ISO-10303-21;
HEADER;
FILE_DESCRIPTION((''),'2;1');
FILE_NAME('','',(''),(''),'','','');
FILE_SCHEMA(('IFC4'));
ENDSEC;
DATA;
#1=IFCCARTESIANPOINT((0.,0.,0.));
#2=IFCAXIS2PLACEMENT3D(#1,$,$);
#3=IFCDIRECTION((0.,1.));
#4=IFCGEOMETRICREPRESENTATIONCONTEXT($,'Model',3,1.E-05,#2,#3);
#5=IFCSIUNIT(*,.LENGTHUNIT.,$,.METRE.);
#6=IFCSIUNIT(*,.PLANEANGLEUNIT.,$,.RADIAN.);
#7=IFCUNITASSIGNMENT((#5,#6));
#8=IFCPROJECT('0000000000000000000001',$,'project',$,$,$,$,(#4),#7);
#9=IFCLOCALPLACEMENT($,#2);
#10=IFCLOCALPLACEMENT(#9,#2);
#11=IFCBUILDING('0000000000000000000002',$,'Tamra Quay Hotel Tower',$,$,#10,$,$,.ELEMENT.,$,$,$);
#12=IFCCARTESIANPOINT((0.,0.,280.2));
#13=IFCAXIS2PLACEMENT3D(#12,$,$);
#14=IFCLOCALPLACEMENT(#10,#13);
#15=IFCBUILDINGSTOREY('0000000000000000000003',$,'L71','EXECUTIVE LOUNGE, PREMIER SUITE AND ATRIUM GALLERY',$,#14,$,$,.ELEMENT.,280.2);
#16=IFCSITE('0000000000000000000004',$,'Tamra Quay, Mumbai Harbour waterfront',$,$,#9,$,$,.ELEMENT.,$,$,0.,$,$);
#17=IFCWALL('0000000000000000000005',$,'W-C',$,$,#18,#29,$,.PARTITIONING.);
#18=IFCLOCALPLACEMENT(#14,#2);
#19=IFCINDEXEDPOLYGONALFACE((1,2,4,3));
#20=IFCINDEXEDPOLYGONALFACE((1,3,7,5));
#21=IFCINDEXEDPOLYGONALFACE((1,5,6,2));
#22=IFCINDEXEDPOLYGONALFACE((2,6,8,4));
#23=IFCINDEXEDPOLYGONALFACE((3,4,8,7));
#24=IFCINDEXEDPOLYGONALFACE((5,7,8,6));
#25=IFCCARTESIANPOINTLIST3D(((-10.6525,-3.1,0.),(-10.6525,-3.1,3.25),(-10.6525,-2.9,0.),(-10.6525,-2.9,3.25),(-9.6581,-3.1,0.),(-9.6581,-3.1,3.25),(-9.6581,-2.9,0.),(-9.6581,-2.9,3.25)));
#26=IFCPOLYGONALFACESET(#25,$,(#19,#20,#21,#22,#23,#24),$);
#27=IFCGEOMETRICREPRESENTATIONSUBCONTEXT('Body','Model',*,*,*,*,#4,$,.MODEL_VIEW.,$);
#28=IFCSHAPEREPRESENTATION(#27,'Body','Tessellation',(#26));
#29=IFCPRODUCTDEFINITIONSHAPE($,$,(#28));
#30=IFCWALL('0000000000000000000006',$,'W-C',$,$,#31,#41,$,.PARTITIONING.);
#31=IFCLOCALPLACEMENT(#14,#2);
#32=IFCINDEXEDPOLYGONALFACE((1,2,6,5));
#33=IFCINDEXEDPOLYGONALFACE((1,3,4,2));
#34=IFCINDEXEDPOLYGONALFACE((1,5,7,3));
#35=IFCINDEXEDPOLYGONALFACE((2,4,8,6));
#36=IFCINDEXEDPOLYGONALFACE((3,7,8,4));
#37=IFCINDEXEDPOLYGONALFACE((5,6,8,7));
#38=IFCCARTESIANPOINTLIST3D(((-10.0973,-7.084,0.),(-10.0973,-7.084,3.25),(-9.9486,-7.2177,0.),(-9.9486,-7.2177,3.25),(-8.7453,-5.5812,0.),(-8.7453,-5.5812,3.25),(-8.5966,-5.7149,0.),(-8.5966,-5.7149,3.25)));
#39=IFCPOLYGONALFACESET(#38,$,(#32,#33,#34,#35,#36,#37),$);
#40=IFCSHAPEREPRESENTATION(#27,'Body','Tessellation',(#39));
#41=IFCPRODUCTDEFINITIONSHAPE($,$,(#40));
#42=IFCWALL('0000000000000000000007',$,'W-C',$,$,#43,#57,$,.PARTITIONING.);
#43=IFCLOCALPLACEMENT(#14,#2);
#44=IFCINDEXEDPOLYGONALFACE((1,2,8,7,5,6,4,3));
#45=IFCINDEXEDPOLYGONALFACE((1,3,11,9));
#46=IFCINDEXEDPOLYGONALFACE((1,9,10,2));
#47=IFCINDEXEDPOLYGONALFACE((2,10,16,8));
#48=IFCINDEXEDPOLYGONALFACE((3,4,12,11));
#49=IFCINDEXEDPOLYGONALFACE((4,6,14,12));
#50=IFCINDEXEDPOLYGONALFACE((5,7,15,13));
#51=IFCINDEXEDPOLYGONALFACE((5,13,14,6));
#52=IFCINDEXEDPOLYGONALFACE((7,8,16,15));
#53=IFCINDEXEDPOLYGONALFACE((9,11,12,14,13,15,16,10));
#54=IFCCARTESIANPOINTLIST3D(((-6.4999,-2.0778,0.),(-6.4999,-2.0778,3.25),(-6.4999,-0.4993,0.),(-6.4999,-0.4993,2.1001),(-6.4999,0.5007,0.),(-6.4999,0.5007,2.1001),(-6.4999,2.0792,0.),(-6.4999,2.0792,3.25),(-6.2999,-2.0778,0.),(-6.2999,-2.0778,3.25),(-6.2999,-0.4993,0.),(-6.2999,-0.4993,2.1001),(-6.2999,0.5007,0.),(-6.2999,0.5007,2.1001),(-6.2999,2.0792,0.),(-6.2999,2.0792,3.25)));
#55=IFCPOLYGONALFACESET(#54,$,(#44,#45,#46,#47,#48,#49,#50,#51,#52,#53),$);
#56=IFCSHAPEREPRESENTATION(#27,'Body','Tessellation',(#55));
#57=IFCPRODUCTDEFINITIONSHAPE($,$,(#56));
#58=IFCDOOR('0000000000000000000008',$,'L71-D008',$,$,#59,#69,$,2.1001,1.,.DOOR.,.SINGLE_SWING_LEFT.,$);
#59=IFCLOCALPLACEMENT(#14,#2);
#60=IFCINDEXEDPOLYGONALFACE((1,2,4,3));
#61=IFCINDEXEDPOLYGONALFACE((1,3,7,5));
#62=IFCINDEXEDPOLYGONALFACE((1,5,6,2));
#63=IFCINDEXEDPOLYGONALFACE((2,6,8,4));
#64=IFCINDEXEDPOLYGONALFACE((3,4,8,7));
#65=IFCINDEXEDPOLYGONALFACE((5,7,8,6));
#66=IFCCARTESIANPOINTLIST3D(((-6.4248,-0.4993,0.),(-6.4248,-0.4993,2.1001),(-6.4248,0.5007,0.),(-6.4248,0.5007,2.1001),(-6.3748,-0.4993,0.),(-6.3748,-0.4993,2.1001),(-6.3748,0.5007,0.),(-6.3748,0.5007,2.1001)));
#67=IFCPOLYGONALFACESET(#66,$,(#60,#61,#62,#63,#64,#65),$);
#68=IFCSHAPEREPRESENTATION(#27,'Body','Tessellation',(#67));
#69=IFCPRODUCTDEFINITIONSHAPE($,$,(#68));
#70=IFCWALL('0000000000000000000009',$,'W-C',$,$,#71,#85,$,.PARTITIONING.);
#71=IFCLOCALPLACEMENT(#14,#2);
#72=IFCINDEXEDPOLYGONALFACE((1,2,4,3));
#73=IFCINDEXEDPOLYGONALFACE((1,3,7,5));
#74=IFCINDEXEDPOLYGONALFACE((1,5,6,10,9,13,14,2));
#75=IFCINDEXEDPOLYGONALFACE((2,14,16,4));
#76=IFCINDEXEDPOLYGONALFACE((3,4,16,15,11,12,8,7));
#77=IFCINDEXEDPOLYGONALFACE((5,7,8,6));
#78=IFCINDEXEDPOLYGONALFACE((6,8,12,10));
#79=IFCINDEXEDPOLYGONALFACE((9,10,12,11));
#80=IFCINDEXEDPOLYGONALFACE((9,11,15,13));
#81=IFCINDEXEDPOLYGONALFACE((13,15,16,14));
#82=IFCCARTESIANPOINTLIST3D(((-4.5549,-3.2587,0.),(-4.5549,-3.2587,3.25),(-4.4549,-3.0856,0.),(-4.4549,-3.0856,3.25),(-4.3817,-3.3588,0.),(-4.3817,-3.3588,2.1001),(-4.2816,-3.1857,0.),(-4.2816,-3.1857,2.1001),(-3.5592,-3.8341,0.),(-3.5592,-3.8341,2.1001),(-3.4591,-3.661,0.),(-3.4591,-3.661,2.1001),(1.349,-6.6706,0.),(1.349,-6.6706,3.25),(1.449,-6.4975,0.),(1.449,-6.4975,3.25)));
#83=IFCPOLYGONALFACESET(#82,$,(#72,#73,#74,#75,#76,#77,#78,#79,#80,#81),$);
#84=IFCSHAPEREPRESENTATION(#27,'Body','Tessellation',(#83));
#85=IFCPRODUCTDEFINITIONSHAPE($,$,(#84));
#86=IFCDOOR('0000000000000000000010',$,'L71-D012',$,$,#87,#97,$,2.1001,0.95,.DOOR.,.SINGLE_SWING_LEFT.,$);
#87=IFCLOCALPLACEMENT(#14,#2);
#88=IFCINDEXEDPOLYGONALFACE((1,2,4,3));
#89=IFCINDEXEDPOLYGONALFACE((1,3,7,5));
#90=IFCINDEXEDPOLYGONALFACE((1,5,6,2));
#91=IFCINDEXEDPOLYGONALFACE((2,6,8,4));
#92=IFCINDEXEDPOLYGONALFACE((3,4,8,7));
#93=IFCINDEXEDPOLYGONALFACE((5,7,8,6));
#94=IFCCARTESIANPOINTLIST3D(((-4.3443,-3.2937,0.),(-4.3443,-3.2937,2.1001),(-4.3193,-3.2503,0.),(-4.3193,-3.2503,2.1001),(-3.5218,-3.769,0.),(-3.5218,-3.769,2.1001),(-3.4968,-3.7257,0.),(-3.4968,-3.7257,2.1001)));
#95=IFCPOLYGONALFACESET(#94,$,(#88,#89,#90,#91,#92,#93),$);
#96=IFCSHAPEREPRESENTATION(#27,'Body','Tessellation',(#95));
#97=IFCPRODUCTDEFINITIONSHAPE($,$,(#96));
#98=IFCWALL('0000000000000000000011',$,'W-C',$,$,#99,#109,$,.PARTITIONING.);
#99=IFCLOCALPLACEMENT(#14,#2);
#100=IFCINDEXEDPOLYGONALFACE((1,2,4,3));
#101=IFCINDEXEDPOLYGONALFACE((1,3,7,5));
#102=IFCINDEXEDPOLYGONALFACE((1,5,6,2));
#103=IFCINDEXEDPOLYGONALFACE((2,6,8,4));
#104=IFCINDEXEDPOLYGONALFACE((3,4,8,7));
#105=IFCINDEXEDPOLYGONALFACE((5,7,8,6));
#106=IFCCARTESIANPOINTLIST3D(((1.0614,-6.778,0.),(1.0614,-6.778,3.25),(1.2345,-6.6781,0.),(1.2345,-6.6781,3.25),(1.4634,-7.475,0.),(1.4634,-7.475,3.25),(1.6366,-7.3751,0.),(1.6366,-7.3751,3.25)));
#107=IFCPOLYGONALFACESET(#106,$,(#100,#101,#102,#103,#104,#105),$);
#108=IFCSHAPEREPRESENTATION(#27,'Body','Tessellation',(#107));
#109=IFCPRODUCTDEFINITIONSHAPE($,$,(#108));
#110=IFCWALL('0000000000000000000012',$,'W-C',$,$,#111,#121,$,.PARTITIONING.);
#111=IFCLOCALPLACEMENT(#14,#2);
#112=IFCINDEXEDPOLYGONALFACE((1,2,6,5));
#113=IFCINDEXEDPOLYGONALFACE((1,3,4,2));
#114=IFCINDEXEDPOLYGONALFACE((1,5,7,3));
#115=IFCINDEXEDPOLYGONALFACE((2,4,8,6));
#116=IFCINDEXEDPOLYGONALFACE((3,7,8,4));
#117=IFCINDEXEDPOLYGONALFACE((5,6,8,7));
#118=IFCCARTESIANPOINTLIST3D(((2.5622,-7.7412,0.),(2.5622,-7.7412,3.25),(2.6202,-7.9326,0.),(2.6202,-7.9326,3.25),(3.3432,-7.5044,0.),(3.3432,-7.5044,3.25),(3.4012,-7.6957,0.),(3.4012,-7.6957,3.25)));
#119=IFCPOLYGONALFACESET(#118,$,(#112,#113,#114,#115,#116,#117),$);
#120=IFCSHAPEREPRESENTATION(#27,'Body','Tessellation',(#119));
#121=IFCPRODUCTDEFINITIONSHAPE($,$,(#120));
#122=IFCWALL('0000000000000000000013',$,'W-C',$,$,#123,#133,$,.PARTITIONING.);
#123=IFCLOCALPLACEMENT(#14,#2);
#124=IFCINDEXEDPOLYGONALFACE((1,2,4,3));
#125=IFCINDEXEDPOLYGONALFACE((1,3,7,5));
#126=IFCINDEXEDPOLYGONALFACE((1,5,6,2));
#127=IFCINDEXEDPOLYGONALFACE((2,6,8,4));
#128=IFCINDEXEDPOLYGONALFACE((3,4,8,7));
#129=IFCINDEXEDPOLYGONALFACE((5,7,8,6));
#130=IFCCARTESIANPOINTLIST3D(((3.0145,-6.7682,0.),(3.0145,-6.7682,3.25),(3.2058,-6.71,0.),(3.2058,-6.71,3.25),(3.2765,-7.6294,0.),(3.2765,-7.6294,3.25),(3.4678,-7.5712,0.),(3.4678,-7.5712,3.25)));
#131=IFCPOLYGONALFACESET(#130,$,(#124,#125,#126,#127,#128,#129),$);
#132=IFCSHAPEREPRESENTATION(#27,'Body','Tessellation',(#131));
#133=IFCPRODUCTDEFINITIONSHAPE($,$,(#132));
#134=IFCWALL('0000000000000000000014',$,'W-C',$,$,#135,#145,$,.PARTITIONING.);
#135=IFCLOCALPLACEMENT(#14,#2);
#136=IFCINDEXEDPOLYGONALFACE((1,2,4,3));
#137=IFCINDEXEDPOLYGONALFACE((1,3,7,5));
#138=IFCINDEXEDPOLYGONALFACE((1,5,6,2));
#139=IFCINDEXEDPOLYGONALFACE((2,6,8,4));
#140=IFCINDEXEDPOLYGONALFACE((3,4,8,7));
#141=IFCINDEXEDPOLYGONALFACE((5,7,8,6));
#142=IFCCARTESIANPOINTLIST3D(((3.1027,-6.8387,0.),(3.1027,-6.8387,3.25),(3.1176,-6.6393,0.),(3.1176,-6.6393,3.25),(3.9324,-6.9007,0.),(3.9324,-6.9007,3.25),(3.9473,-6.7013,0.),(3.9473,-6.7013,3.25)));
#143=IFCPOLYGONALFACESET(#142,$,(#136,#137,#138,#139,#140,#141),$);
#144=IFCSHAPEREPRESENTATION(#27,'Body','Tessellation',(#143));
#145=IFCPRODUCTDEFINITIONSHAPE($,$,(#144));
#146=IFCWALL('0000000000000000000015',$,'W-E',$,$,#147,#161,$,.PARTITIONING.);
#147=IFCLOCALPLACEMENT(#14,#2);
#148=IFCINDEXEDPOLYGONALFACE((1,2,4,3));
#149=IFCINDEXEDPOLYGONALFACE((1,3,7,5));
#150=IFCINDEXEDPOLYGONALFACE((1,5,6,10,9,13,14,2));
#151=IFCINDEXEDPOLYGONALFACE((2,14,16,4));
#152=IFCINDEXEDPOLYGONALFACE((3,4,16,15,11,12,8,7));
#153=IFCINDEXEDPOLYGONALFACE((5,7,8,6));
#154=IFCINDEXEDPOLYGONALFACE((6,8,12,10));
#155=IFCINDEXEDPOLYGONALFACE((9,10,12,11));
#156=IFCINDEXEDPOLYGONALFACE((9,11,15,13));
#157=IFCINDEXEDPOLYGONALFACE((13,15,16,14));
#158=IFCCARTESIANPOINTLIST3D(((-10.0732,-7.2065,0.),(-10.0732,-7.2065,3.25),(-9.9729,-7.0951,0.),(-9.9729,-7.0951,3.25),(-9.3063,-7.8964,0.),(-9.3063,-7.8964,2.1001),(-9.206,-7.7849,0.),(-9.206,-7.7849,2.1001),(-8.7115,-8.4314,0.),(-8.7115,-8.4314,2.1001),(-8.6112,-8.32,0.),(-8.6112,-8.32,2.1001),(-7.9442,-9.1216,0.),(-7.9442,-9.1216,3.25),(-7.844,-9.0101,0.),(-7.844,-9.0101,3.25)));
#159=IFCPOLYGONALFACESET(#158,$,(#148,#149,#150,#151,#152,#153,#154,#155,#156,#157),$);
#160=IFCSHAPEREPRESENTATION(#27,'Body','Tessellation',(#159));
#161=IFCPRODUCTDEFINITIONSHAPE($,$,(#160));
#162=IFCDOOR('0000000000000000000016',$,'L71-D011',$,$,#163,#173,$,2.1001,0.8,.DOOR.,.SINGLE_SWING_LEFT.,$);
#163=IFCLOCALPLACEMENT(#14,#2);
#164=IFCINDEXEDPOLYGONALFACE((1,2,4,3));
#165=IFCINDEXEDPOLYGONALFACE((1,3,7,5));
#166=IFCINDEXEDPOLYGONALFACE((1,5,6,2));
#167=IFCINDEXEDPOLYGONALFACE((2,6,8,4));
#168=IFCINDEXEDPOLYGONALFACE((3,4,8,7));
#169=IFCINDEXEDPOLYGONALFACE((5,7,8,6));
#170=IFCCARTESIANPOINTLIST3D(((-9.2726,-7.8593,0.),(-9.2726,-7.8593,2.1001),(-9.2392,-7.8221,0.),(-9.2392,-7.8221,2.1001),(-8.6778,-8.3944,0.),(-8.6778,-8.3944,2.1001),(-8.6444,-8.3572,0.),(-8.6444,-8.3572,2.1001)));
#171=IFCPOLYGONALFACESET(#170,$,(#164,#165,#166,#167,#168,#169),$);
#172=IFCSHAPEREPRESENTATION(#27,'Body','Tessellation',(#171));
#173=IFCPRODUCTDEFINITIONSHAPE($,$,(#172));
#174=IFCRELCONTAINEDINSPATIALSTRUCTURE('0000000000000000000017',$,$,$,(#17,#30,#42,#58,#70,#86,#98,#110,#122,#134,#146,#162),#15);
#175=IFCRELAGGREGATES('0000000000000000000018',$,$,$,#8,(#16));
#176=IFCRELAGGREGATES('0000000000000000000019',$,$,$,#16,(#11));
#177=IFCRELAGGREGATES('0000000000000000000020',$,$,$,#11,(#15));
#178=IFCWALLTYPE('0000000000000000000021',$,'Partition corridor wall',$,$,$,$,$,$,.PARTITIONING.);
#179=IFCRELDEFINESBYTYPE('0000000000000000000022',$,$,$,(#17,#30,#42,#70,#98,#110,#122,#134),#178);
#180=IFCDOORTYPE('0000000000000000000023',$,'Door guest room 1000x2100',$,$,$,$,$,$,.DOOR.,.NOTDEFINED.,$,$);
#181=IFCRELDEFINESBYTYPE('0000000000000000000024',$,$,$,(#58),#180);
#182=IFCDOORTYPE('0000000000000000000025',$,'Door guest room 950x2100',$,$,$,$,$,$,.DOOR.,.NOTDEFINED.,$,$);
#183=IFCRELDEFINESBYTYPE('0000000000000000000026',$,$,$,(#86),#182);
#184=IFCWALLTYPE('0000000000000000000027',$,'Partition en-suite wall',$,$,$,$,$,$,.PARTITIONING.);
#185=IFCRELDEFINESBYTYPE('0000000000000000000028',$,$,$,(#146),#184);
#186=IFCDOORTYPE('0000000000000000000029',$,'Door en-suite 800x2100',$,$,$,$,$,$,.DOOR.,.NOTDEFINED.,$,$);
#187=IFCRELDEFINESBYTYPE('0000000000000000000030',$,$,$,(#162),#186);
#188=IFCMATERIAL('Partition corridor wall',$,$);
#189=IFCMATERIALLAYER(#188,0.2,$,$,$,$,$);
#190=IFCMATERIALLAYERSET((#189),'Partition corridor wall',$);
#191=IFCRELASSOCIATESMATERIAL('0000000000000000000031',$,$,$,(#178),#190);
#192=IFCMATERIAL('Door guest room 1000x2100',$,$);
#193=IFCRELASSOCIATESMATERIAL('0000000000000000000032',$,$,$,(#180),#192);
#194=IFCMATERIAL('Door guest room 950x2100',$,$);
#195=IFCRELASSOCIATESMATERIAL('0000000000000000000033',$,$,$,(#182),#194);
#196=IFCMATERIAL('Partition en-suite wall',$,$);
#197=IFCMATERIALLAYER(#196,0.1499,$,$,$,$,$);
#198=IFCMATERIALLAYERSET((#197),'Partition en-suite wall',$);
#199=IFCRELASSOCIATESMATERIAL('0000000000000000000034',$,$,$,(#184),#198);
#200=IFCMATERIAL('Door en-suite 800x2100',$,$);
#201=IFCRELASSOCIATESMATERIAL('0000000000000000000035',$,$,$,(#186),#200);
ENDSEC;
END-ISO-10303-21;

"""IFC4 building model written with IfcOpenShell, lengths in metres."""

from ifc_helpers import new_model, si_unit, direction, frame, frame_2d, origin, place, context, subcontext, project, spatial, rectangle, extrude, material, layer, layer_set, type_object, element, fill, save


model = new_model("IFC4")

# Units and contexts
model_context = context("Model", 3, precision=1e-05, world=origin(), true_north=direction((0.0, 1.0)))
body_context = subcontext(model_context, "Body", "Model", "MODEL_VIEW")
ifc_project = project(units=[si_unit("LENGTHUNIT", "METRE"), si_unit("PLANEANGLEUNIT", "RADIAN")], contexts=[model_context])

# Site, building, storey
site_placement = place(None, origin())
site = spatial("IfcSite", under=ifc_project, at=site_placement, Name="Tamra Quay, Mumbai Harbour waterfront", CompositionType="ELEMENT", RefElevation=0.0)
building_placement = place(site_placement, origin())
building = spatial("IfcBuilding", under=site, at=building_placement, Name="Tamra Quay Hotel Tower", CompositionType="ELEMENT")
storey_placement = place(building_placement, frame((0.0, 0.0, 280.2)))
storey = spatial("IfcBuildingStorey", under=building, at=storey_placement, Name="L71", Description="EXECUTIVE LOUNGE, PREMIER SUITE AND ATRIUM GALLERY", CompositionType="ELEMENT", Elevation=280.2)

# Walls
ifc_material_1 = material(Name="Partition corridor wall")
ifc_layer_1 = layer(ifc_material_1, 0.2)
ifc_layer_set_1 = layer_set([ifc_layer_1], Name="Partition corridor wall")
wall_type_1 = type_object("IfcWallType", Name="Partition corridor wall", PredefinedType="PARTITIONING", material=ifc_layer_set_1)
wall_1_placement = place(storey_placement, frame((-10.6523, -3.0, 0.0), z_axis=(0.0, 0.0, 1.0), x_axis=(1.0, 0.0, 0.0)))
element("IfcWall", 1, at=wall_1_placement, inside=storey, type_object=wall_type_1, Name="W-C", PredefinedType="PARTITIONING", context=body_context, shape_type="SweptSolid", body=[
    extrude(rectangle(XDim=0.9944, YDim=0.2, at=frame_2d((0.4971, 0.0))), origin(), (0.0, 0.0, 1.0), 3.25),
])
wall_2_placement = place(storey_placement, frame((-10.0229, -7.1509, 0.0), z_axis=(0.0, 0.0, 1.0), x_axis=(0.668805, 0.743438, 0.0)))
element("IfcWall", 2, at=wall_2_placement, inside=storey, type_object=wall_type_1, Name="W-C", PredefinedType="PARTITIONING", context=body_context, shape_type="SweptSolid", body=[
    extrude(rectangle(XDim=2.0215, YDim=0.2, at=frame_2d((1.0107, 0.0))), origin(), (0.0, 0.0, 1.0), 3.25),
])

# Walls, openings, doors
wall_3_placement = place(storey_placement, frame((-6.3999, -2.0779, 0.0), z_axis=(0.0, 0.0, 1.0), x_axis=(0.0, 1.0, 0.0)))
wall_3 = element("IfcWall", 3, at=wall_3_placement, inside=storey, type_object=wall_type_1, Name="W-C", PredefinedType="PARTITIONING", context=body_context, shape_type="SweptSolid", body=[
    extrude(rectangle(XDim=4.157, YDim=0.2, at=frame_2d((2.0786, 0.0))), origin(), (0.0, 0.0, 1.0), 3.25),
])
opening_1_placement = place(wall_3_placement, frame((1.5786, 0.0, 0.0)))
opening_1 = element("IfcOpeningElement", 4, at=opening_1_placement, cuts=wall_3, PredefinedType="OPENING", context=body_context, shape_type="SweptSolid", body=[
    extrude(rectangle(XDim=1.0, YDim=2.1001, at=frame_2d((0.5, 1.05))), frame((0.0, 0.1099, 0.0), z_axis=(0.0, -1.0, 0.0), x_axis=(1.0, 0.0, 0.0)), (0.0, 0.0, 1.0), 0.22),
])
ifc_material_2 = material(Name="Door guest room 1000x2100")
door_type_1 = type_object("IfcDoorType", Name="Door guest room 1000x2100", OperationType="NOTDEFINED", PredefinedType="DOOR", material=ifc_material_2)
door_1_placement = place(opening_1_placement, origin())
door_1 = element("IfcDoor", 5, at=door_1_placement, inside=storey, type_object=door_type_1, Name="L71-D008", OperationType="SINGLE_SWING_LEFT", OverallHeight=2.1001, OverallWidth=1.0, PredefinedType="DOOR", context=body_context, shape_type="SweptSolid", body=[
    extrude(rectangle(XDim=1.0, YDim=2.1001, at=frame_2d((0.5, 1.05))), frame((0.0, 0.0249, 0.0), z_axis=(0.0, -1.0, 0.0), x_axis=(1.0, 0.0, 0.0)), (0.0, 0.0, 1.0), 0.05),
])
fill(opening_1, door_1)
wall_4_placement = place(storey_placement, frame((-4.5049, -3.1721, 0.0), z_axis=(0.0, 0.0, 1.0), x_axis=(0.865816, -0.500363, 0.0)))
wall_4 = element("IfcWall", 6, at=wall_4_placement, inside=storey, type_object=wall_type_1, Name="W-C", PredefinedType="PARTITIONING", context=body_context, shape_type="SweptSolid", body=[
    extrude(rectangle(XDim=6.8188, YDim=0.2, at=frame_2d((3.4094, 0.0))), origin(), (0.0, 0.0, 1.0), 3.25),
])
opening_2_placement = place(wall_4_placement, frame((0.2, 0.0, 0.0)))
opening_2 = element("IfcOpeningElement", 7, at=opening_2_placement, cuts=wall_4, PredefinedType="OPENING", context=body_context, shape_type="SweptSolid", body=[
    extrude(rectangle(XDim=0.95, YDim=2.1001, at=frame_2d((0.4751, 1.05))), frame((0.0, 0.1099, 0.0), z_axis=(0.0, -1.0, 0.0), x_axis=(1.0, 0.0, 0.0)), (0.0, 0.0, 1.0), 0.22),
])
ifc_material_3 = material(Name="Door guest room 950x2100")
door_type_2 = type_object("IfcDoorType", Name="Door guest room 950x2100", OperationType="NOTDEFINED", PredefinedType="DOOR", material=ifc_material_3)
door_2_placement = place(opening_2_placement, frame((0.95, 0.0, 0.0), z_axis=(0.0, 0.0, 1.0), x_axis=(-1.0, 0.0, 0.0)))
door_2 = element("IfcDoor", 8, at=door_2_placement, inside=storey, type_object=door_type_2, Name="L71-D012", OperationType="SINGLE_SWING_LEFT", OverallHeight=2.1001, OverallWidth=0.95, PredefinedType="DOOR", context=body_context, shape_type="SweptSolid", body=[
    extrude(rectangle(XDim=0.95, YDim=2.1001, at=frame_2d((0.4751, 1.05))), frame((0.0, 0.0249, 0.0), z_axis=(0.0, -1.0, 0.0), x_axis=(1.0, 0.0, 0.0)), (0.0, 0.0, 1.0), 0.05),
])
fill(opening_2, door_2)

# Walls
wall_5_placement = place(storey_placement, frame((1.1479, -6.728, 0.0), z_axis=(0.0, 0.0, 1.0), x_axis=(0.499696, -0.866201, 0.0)))
element("IfcWall", 9, at=wall_5_placement, inside=storey, type_object=wall_type_1, Name="W-C", PredefinedType="PARTITIONING", context=body_context, shape_type="SweptSolid", body=[
    extrude(rectangle(XDim=0.8047, YDim=0.2, at=frame_2d((0.4023, 0.0))), origin(), (0.0, 0.0, 1.0), 3.25),
])
wall_6_placement = place(storey_placement, frame((2.5911, -7.8369, 0.0), z_axis=(0.0, 0.0, 1.0), x_axis=(0.956974, 0.290173, 0.0)))
element("IfcWall", 10, at=wall_6_placement, inside=storey, type_object=wall_type_1, Name="W-C", PredefinedType="PARTITIONING", context=body_context, shape_type="SweptSolid", body=[
    extrude(rectangle(XDim=0.8162, YDim=0.2, at=frame_2d((0.4082, 0.0))), origin(), (0.0, 0.0, 1.0), 3.25),
])
wall_7_placement = place(storey_placement, frame((3.1101, -6.739, 0.0), z_axis=(0.0, 0.0, 1.0), x_axis=(0.291054, -0.956707, 0.0)))
element("IfcWall", 11, at=wall_7_placement, inside=storey, type_object=wall_type_1, Name="W-C", PredefinedType="PARTITIONING", context=body_context, shape_type="SweptSolid", body=[
    extrude(rectangle(XDim=0.9001, YDim=0.2, at=frame_2d((0.4502, 0.0))), origin(), (0.0, 0.0, 1.0), 3.25),
])
wall_8_placement = place(storey_placement, frame((3.1101, -6.739, 0.0), z_axis=(0.0, 0.0, 1.0), x_axis=(0.99722, -0.07452, 0.0)))
element("IfcWall", 12, at=wall_8_placement, inside=storey, type_object=wall_type_1, Name="W-C", PredefinedType="PARTITIONING", context=body_context, shape_type="SweptSolid", body=[
    extrude(rectangle(XDim=0.832, YDim=0.2, at=frame_2d((0.416, 0.0))), origin(), (0.0, 0.0, 1.0), 3.25),
])

# Wall, opening, door
ifc_material_4 = material(Name="Partition en-suite wall")
ifc_layer_2 = layer(ifc_material_4, 0.1499)
ifc_layer_set_2 = layer_set([ifc_layer_2], Name="Partition en-suite wall")
wall_type_2 = type_object("IfcWallType", Name="Partition en-suite wall", PredefinedType="PARTITIONING", material=ifc_layer_set_2)
wall_9_placement = place(storey_placement, frame((-10.0229, -7.1509, 0.0), z_axis=(0.0, 0.0, 1.0), x_axis=(0.743464, -0.668776, 0.0)))
wall_9 = element("IfcWall", 13, at=wall_9_placement, inside=storey, type_object=wall_type_2, Name="W-E", PredefinedType="PARTITIONING", context=body_context, shape_type="SweptSolid", body=[
    extrude(rectangle(XDim=2.8635, YDim=0.1499, at=frame_2d((1.4316, 0.0))), origin(), (0.0, 0.0, 1.0), 3.25),
])
opening_3_placement = place(wall_9_placement, frame((1.0315, 0.0, 0.0)))
opening_3 = element("IfcOpeningElement", 14, at=opening_3_placement, cuts=wall_9, PredefinedType="OPENING", context=body_context, shape_type="SweptSolid", body=[
    extrude(rectangle(XDim=0.8, YDim=2.1001, at=frame_2d((0.3999, 1.05))), frame((0.0, 0.085, 0.0), z_axis=(0.0, -1.0, 0.0), x_axis=(1.0, 0.0, 0.0)), (0.0, 0.0, 1.0), 0.1699),
])
ifc_material_5 = material(Name="Door en-suite 800x2100")
door_type_3 = type_object("IfcDoorType", Name="Door en-suite 800x2100", OperationType="NOTDEFINED", PredefinedType="DOOR", material=ifc_material_5)
door_3_placement = place(opening_3_placement, frame((0.8, 0.0, 0.0), z_axis=(0.0, 0.0, 1.0), x_axis=(-1.0, 0.0, 0.0)))
door_3 = element("IfcDoor", 15, at=door_3_placement, inside=storey, type_object=door_type_3, Name="L71-D011", OperationType="SINGLE_SWING_LEFT", OverallHeight=2.1001, OverallWidth=0.8, PredefinedType="DOOR", context=body_context, shape_type="SweptSolid", body=[
    extrude(rectangle(XDim=0.8, YDim=2.1001, at=frame_2d((0.3999, 1.05))), frame((0.0, 0.0249, 0.0), z_axis=(0.0, -1.0, 0.0), x_axis=(1.0, 0.0, 0.0)), (0.0, 0.0, 1.0), 0.05),
])
fill(opening_3, door_3)

save(model, "model.ifc")
